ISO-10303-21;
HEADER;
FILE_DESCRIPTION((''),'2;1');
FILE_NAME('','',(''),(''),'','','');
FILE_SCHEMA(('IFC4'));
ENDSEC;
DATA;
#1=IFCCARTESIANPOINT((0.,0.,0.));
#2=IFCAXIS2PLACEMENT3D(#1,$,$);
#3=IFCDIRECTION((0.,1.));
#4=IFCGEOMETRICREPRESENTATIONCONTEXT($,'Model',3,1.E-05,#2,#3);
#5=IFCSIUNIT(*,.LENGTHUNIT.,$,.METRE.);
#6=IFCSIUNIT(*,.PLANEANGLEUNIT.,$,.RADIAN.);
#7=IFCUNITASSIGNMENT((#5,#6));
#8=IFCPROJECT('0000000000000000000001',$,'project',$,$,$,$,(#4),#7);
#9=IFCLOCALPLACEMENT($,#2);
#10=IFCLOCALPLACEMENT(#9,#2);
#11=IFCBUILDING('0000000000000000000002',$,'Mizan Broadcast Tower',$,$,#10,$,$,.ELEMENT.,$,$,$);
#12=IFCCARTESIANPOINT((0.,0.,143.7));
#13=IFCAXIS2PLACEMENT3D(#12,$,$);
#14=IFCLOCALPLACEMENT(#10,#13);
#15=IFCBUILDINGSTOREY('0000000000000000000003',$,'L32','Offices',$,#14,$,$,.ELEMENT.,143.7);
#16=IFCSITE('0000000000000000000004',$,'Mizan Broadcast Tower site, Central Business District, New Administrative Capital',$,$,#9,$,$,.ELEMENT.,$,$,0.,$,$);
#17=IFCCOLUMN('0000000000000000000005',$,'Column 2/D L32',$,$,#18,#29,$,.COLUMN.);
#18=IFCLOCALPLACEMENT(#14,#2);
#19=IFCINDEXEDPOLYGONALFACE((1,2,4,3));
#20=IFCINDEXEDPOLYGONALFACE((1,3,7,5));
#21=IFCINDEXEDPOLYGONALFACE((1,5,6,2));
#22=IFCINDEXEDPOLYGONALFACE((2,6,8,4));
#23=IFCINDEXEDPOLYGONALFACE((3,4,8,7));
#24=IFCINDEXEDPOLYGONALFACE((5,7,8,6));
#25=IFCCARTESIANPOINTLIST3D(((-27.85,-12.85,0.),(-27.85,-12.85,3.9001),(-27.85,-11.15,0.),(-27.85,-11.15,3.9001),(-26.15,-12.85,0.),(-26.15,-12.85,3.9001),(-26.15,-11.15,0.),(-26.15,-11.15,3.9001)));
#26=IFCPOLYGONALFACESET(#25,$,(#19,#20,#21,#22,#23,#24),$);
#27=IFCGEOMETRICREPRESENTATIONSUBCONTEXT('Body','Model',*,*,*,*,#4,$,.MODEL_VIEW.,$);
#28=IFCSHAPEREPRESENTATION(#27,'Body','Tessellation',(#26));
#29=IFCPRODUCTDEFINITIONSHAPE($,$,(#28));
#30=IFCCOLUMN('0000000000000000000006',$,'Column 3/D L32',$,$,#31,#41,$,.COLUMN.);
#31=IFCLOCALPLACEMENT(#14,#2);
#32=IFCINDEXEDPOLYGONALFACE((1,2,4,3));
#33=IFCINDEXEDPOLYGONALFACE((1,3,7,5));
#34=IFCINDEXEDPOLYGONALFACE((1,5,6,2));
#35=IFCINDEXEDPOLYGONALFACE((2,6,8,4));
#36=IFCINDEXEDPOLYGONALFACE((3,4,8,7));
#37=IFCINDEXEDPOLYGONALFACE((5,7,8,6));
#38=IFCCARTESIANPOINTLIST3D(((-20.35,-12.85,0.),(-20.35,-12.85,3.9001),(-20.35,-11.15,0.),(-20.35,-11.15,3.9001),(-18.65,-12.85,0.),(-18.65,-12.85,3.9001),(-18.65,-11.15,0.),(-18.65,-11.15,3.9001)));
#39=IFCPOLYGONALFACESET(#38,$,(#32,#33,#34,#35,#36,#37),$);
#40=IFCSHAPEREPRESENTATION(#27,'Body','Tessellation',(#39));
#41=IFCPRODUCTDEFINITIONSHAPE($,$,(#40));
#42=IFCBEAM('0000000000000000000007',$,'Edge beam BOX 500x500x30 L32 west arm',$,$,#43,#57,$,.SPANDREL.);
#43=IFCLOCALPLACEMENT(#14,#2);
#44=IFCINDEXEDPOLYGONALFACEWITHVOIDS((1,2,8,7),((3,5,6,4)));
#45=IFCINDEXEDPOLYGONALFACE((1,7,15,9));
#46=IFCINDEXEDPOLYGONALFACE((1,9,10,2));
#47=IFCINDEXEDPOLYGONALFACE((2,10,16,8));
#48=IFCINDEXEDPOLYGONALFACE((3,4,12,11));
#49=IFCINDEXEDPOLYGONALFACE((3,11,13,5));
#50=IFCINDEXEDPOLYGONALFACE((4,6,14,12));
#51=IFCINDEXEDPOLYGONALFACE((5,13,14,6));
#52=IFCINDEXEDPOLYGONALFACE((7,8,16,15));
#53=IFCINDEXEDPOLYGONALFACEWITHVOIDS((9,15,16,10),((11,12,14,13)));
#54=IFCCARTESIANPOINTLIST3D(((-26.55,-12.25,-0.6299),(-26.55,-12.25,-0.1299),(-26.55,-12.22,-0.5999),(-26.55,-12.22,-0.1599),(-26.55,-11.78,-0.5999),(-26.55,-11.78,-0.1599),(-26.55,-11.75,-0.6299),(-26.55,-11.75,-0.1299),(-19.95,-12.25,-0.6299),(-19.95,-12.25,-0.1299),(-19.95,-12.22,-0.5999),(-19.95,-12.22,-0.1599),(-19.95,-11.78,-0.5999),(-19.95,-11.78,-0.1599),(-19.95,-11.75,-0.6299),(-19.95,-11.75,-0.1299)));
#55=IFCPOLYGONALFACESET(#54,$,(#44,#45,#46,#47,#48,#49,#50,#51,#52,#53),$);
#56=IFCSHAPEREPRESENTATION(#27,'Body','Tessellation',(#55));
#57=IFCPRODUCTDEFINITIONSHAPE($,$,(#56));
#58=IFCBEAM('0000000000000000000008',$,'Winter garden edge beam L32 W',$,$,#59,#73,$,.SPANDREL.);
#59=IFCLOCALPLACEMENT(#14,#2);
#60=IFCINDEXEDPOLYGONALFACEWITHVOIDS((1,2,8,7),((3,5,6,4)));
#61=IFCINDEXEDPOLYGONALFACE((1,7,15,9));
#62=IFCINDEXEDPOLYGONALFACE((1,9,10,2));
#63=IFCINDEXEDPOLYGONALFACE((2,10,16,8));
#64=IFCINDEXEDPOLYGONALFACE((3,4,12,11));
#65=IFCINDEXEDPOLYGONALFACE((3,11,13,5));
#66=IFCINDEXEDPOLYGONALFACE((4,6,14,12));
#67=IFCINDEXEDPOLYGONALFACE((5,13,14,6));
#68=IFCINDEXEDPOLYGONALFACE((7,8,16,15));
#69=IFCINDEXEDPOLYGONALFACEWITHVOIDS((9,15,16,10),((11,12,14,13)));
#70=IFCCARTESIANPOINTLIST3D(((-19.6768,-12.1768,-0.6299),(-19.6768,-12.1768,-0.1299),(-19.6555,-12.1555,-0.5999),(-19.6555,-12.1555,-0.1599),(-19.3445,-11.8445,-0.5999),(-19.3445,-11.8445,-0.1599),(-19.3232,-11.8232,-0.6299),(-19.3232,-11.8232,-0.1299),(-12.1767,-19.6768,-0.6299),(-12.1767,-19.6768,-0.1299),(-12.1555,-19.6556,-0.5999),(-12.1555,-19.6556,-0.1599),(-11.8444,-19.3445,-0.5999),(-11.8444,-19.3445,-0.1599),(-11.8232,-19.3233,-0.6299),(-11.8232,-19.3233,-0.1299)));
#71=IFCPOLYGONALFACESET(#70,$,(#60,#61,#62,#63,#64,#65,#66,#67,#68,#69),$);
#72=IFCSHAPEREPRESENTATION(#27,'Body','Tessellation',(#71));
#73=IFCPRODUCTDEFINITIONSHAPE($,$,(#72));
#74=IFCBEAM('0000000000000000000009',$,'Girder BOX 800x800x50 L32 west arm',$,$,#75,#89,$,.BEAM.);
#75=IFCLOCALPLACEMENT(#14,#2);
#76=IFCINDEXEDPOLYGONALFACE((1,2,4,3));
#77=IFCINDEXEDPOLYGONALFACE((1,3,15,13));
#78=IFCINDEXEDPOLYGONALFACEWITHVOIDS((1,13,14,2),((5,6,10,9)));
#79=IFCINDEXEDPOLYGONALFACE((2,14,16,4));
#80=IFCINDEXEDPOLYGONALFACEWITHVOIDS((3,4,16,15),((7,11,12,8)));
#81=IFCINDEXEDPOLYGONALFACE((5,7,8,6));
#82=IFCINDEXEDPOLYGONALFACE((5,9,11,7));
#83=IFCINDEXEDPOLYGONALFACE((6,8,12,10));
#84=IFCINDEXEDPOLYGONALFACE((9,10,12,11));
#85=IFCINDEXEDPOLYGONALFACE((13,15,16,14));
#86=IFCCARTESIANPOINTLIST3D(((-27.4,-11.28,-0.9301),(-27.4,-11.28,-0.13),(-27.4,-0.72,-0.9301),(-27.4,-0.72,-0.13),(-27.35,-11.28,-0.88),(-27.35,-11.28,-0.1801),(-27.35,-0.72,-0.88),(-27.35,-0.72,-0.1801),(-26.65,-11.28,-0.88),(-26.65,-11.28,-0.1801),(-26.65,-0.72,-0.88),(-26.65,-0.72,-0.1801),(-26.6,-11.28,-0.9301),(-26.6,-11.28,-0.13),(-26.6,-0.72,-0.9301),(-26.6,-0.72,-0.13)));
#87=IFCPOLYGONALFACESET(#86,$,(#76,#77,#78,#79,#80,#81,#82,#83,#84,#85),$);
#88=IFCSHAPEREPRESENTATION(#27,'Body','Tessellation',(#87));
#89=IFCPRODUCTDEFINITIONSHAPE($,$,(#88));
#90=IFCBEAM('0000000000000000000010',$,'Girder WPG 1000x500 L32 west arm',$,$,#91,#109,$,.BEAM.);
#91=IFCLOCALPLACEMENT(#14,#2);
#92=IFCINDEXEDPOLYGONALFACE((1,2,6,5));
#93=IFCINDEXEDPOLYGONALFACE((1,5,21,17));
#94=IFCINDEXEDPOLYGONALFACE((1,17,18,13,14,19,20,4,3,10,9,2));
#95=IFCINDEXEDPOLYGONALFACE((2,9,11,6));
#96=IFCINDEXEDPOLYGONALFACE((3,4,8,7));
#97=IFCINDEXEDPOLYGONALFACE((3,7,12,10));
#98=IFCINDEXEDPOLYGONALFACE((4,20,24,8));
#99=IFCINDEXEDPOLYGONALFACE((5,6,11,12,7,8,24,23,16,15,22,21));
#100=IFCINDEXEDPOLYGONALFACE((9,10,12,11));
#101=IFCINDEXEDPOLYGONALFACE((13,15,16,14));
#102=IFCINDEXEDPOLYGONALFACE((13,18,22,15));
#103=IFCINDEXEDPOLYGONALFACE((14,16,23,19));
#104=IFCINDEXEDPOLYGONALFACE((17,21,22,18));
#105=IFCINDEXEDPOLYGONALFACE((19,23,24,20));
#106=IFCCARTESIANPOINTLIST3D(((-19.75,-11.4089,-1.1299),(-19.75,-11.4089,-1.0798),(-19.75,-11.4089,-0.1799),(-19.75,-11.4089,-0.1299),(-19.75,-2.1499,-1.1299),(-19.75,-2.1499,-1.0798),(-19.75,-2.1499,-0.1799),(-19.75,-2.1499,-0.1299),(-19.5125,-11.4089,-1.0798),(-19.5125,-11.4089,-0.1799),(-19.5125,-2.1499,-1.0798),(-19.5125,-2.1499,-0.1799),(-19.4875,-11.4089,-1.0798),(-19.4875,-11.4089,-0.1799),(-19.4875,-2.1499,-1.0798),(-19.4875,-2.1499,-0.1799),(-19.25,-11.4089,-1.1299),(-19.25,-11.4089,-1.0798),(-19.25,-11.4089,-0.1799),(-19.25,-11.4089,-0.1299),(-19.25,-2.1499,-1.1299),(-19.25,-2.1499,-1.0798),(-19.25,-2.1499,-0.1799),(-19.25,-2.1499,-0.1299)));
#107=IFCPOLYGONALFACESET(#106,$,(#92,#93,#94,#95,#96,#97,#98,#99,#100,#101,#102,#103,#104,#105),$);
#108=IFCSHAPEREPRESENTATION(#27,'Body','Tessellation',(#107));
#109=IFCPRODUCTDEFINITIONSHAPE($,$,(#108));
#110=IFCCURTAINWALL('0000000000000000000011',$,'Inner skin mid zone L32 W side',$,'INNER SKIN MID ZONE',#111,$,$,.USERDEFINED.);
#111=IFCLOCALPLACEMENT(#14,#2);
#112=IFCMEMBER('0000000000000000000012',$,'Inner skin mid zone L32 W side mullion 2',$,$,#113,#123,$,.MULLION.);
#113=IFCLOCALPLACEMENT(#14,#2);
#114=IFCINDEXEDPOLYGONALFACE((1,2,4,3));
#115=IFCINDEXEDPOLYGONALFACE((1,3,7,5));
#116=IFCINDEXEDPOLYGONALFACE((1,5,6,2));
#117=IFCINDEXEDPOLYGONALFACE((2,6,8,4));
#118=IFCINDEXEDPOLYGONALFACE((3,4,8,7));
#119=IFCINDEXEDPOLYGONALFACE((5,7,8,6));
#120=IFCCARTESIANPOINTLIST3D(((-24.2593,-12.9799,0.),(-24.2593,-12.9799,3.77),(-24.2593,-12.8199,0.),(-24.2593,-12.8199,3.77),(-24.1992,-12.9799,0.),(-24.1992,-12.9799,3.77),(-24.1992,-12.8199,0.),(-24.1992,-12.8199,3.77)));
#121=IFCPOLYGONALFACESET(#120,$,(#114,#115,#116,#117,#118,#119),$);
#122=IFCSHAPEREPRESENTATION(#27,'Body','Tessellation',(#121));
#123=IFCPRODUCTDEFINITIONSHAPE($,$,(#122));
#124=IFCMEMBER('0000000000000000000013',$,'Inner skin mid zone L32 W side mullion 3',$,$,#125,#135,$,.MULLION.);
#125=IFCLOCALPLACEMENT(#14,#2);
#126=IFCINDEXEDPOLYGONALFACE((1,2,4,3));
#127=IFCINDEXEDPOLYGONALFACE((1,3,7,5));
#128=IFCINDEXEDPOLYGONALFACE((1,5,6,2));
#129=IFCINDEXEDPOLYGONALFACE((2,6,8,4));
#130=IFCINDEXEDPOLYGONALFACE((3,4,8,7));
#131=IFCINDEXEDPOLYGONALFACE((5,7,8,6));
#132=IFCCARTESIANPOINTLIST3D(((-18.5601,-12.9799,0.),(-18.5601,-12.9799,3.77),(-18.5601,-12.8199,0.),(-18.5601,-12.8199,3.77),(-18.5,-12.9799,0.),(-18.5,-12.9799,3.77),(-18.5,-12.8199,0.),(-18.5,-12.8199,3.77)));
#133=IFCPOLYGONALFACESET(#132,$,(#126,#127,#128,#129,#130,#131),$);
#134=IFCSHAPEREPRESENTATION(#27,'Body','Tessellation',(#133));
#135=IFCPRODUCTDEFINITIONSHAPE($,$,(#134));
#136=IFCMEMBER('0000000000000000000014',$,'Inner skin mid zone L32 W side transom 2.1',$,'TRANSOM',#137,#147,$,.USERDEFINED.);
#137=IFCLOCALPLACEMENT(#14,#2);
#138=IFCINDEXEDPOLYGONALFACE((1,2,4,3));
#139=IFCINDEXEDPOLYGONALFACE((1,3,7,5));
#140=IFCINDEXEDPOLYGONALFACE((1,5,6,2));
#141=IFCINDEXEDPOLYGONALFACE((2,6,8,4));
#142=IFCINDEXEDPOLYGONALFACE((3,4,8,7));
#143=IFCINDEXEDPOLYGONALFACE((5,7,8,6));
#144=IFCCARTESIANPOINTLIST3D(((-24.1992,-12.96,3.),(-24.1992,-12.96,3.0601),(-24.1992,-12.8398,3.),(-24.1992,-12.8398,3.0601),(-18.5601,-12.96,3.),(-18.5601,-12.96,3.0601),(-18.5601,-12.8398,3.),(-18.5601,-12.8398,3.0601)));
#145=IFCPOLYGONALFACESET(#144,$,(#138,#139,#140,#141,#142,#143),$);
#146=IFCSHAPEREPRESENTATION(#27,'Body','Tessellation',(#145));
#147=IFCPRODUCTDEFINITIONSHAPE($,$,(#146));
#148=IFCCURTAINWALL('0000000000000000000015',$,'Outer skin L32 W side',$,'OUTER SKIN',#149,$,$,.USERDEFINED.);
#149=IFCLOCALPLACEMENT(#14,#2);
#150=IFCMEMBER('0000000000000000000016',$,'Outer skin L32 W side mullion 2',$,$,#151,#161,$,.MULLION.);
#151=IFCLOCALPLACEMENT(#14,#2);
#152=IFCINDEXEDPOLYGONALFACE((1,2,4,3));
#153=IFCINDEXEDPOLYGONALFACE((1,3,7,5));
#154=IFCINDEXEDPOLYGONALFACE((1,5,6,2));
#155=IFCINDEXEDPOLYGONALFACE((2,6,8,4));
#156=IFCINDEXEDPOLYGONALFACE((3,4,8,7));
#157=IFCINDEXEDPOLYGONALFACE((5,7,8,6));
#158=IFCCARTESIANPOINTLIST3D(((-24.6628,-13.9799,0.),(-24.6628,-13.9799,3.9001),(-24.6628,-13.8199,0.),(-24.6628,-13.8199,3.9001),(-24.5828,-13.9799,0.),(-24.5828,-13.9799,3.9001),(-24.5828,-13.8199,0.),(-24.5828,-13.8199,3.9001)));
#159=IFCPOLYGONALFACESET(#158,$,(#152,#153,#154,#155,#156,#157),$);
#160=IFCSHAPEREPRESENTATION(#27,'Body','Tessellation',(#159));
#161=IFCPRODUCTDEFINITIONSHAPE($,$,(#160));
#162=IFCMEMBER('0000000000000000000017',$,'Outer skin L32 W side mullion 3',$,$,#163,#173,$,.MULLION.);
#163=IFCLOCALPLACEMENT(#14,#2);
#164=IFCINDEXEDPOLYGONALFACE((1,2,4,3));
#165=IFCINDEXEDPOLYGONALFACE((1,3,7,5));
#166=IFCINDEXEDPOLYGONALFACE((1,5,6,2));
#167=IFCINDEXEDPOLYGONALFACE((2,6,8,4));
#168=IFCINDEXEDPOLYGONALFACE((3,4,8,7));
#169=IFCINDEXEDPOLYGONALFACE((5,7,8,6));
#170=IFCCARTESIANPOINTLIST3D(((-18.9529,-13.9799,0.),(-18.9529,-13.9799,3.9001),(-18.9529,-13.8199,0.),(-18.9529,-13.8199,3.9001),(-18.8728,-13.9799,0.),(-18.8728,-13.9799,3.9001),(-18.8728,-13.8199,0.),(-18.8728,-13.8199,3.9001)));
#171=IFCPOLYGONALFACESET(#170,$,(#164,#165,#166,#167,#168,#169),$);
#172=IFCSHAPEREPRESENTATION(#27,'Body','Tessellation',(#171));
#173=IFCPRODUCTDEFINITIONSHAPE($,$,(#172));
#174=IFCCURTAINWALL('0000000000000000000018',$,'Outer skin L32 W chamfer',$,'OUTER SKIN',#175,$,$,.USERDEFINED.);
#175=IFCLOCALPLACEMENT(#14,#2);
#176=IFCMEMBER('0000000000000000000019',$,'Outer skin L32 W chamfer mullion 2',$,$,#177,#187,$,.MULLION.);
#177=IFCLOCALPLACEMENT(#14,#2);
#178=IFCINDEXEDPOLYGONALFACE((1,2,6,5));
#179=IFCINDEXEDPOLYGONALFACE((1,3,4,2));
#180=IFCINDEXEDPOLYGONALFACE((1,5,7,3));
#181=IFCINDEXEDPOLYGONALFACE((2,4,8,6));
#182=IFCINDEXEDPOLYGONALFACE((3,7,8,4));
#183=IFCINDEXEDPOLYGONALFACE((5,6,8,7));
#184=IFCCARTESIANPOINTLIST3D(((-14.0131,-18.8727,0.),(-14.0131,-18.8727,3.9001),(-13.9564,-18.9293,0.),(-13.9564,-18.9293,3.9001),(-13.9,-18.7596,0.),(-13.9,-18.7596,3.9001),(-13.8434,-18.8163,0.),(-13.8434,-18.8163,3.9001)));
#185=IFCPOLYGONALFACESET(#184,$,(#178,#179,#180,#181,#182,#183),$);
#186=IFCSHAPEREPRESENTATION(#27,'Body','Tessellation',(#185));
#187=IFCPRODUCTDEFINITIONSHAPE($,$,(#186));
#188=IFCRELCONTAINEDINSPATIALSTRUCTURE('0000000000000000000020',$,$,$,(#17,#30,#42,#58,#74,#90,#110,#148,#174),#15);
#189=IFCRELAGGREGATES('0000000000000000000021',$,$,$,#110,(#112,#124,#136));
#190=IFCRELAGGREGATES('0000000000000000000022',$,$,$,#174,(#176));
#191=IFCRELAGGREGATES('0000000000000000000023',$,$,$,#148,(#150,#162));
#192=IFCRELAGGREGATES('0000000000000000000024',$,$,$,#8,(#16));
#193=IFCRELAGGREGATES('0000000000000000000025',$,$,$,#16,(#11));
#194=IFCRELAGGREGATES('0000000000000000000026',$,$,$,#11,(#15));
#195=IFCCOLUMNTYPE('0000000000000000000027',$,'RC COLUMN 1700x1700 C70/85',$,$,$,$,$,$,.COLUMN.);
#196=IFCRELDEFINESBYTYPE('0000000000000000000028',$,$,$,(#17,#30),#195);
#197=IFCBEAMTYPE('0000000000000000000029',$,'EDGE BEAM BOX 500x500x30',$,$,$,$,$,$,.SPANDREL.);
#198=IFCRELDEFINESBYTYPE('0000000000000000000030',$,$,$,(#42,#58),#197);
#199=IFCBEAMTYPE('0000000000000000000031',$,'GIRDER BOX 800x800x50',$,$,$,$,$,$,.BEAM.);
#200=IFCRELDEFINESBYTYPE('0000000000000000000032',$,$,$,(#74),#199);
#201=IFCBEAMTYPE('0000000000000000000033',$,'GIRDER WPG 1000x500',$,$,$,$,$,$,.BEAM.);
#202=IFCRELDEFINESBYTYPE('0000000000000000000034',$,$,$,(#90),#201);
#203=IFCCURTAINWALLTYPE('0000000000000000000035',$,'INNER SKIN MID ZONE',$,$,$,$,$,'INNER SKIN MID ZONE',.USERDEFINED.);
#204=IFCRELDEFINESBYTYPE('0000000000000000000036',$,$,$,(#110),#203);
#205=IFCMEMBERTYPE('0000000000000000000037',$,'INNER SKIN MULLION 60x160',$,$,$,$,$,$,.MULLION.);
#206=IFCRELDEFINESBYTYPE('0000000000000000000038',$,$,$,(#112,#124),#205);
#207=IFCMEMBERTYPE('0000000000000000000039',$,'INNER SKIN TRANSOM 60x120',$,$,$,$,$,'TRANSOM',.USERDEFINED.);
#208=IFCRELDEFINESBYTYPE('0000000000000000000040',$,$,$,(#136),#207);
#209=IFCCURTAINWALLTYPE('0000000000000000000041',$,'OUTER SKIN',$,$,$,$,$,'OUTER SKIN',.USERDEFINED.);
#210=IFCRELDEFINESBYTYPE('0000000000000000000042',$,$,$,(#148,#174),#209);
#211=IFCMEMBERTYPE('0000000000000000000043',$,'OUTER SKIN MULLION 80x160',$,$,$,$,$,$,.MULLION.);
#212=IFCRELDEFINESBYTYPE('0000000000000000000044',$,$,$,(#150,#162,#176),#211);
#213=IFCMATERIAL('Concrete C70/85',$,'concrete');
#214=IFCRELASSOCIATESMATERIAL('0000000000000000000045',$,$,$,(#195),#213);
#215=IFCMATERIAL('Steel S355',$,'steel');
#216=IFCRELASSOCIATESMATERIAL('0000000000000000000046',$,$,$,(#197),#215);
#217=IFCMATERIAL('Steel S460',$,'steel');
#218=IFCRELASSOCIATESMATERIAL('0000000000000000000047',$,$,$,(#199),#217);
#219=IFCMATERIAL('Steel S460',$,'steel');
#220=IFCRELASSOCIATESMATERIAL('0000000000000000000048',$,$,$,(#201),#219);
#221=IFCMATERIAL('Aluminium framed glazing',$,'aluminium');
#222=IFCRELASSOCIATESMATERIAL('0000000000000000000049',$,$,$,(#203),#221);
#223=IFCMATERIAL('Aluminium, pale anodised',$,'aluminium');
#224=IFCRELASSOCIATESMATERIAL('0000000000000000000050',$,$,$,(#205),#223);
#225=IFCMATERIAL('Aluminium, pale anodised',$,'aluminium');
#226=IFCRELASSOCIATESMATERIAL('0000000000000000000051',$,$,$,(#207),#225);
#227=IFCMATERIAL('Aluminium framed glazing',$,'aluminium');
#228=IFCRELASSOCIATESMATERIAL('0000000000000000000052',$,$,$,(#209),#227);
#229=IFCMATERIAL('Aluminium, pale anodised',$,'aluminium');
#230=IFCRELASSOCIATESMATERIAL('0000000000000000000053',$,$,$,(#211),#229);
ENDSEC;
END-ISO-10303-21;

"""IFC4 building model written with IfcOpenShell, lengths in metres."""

from ifc_helpers import new_model, si_unit, direction, frame, origin, origin_2d, place, context, subcontext, project, spatial, rectangle, hollow_rectangle, i_section, extrude, material, material_profile, profile_set, type_object, element, aggregate, save


model = new_model("IFC4")

# Units and contexts
model_context = context("Model", 3, precision=1e-05, world=origin(), true_north=direction((0.0, 1.0)))
body_context = subcontext(model_context, "Body", "Model", "MODEL_VIEW")
ifc_project = project(units=[si_unit("LENGTHUNIT", "METRE"), si_unit("PLANEANGLEUNIT", "RADIAN")], contexts=[model_context])

# Site, building, storey
site_placement = place(None, origin())
site = spatial("IfcSite", under=ifc_project, at=site_placement, Name="Mizan Broadcast Tower site, Central Business District, New Administrative Capital", CompositionType="ELEMENT", RefElevation=0.0)
building_placement = place(site_placement, origin())
building = spatial("IfcBuilding", under=site, at=building_placement, Name="Mizan Broadcast Tower", CompositionType="ELEMENT")
storey_placement = place(building_placement, frame((0.0, 0.0, 143.7)))
storey = spatial("IfcBuildingStorey", under=building, at=storey_placement, Name="L32", Description="Offices", CompositionType="ELEMENT", Elevation=143.7)

# Columns
ifc_material_1 = material(Name="Concrete C70/85", Category="concrete")
ifc_material_profile_1 = material_profile(ifc_material_1, rectangle(XDim=1.7, YDim=1.7, at=origin_2d()), Name="RC 1700x1700")
ifc_profile_set_1 = profile_set([ifc_material_profile_1], Name="Concrete C70/85")
column_type = type_object("IfcColumnType", Name="RC COLUMN 1700x1700 C70/85", PredefinedType="COLUMN", material=ifc_profile_set_1)
for number, where, z_axis, x_axis, name in (
    (1, (-27.0, -12.0, 0.0), (0.0, 0.0, 1.0), (1.0, 0.0, 0.0), "Column 2/D L32"),
    (2, (-19.5, -12.0, 0.0), (0.0, 0.0, 1.0), (1.0, 0.0, 0.0), "Column 3/D L32"),
):
    element("IfcColumn", number, at=place(storey_placement, frame(where, z_axis=z_axis, x_axis=x_axis)), inside=storey, type_object=column_type, Name=name, PredefinedType="COLUMN", context=body_context, shape_type="SweptSolid", body=[
        extrude(rectangle(XDim=1.7, YDim=1.7, at=origin_2d()), origin(), (0.0, 0.0, 1.0), 3.9001),
    ])

# Beams
ifc_material_2 = material(Name="Steel S355", Category="steel")
ifc_material_profile_2 = material_profile(ifc_material_2, hollow_rectangle(XDim=0.5, YDim=0.5, WallThickness=0.03, at=origin_2d()), Name="BOX 500x500x30")
ifc_profile_set_2 = profile_set([ifc_material_profile_2], Name="Steel S355")
beam_type_1 = type_object("IfcBeamType", Name="EDGE BEAM BOX 500x500x30", PredefinedType="SPANDREL", material=ifc_profile_set_2)
beam_1_placement = place(storey_placement, frame((-19.95, -12.0, -0.3799), z_axis=(-1.0, 0.0, 0.0), x_axis=(0.0, -1.0, 0.0)))
element("IfcBeam", 3, at=beam_1_placement, inside=storey, type_object=beam_type_1, Name="Edge beam BOX 500x500x30 L32 west arm", PredefinedType="SPANDREL", context=body_context, shape_type="SweptSolid", body=[
    extrude(hollow_rectangle(XDim=0.5, YDim=0.5, WallThickness=0.03, at=origin_2d()), origin(), (0.0, 0.0, 1.0), 6.6001),
])
beam_2_placement = place(storey_placement, frame((-19.5, -12.0, -0.3799), z_axis=(0.707107, -0.707107, 0.0), x_axis=(0.707107, 0.707107, 0.0)))
element("IfcBeam", 4, at=beam_2_placement, inside=storey, type_object=beam_type_1, Name="Winter garden edge beam L32 W", PredefinedType="SPANDREL", context=body_context, shape_type="SweptSolid", body=[
    extrude(hollow_rectangle(XDim=0.5, YDim=0.5, WallThickness=0.03, at=origin_2d()), origin(), (0.0, 0.0, 1.0), 10.6067),
])
ifc_material_3 = material(Name="Steel S460", Category="steel")
ifc_material_profile_3 = material_profile(ifc_material_3, hollow_rectangle(XDim=0.8, YDim=0.8, WallThickness=0.05, at=origin_2d()), Name="BOX 800x800x50")
ifc_profile_set_3 = profile_set([ifc_material_profile_3], Name="Steel S460")
beam_type_2 = type_object("IfcBeamType", Name="GIRDER BOX 800x800x50", PredefinedType="BEAM", material=ifc_profile_set_3)
beam_3_placement = place(storey_placement, frame((-27.0, -11.28, -0.53), z_axis=(0.0, 1.0, 0.0), x_axis=(-1.0, 0.0, 0.0)))
element("IfcBeam", 5, at=beam_3_placement, inside=storey, type_object=beam_type_2, Name="Girder BOX 800x800x50 L32 west arm", PredefinedType="BEAM", context=body_context, shape_type="SweptSolid", body=[
    extrude(hollow_rectangle(XDim=0.8, YDim=0.8, WallThickness=0.05, at=origin_2d()), origin(), (0.0, 0.0, 1.0), 10.5601),
])
ifc_material_4 = material(Name="Steel S460", Category="steel")
ifc_material_profile_4 = material_profile(ifc_material_4, i_section(OverallWidth=0.5, OverallDepth=1.0, WebThickness=0.0249, FlangeThickness=0.05, at=origin_2d()), Name="WPG 1000x500")
ifc_profile_set_4 = profile_set([ifc_material_profile_4], Name="Steel S460")
beam_type_3 = type_object("IfcBeamType", Name="GIRDER WPG 1000x500", PredefinedType="BEAM", material=ifc_profile_set_4)
beam_4_placement = place(storey_placement, frame((-19.5, -11.4089, -0.6299), z_axis=(0.0, 1.0, 0.0), x_axis=(-1.0, 0.0, 0.0)))
element("IfcBeam", 6, at=beam_4_placement, inside=storey, type_object=beam_type_3, Name="Girder WPG 1000x500 L32 west arm", PredefinedType="BEAM", context=body_context, shape_type="SweptSolid", body=[
    extrude(i_section(OverallWidth=0.5, OverallDepth=1.0, WebThickness=0.0249, FlangeThickness=0.05, at=origin_2d()), origin(), (0.0, 0.0, 1.0), 9.259),
])

# Curtain walls, members
ifc_material_5 = material(Name="Aluminium framed glazing", Category="aluminium")
curtain_wall_type_1 = type_object("IfcCurtainWallType", Name="INNER SKIN MID ZONE", ElementType="INNER SKIN MID ZONE", PredefinedType="USERDEFINED", material=ifc_material_5)
curtain_wall_1_placement = place(storey_placement, origin())
curtain_wall_1 = element("IfcCurtainWall", 7, at=curtain_wall_1_placement, inside=storey, type_object=curtain_wall_type_1, Name="Inner skin mid zone L32 W side", ObjectType="INNER SKIN MID ZONE", PredefinedType="USERDEFINED")
ifc_material_6 = material(Name="Aluminium, pale anodised", Category="aluminium")
ifc_material_profile_5 = material_profile(ifc_material_6, rectangle(XDim=0.1599, YDim=0.0601, at=origin_2d()), Name="MULLION 160x60")
ifc_profile_set_5 = profile_set([ifc_material_profile_5], Name="Aluminium, pale anodised")
member_type_1 = type_object("IfcMemberType", Name="INNER SKIN MULLION 60x160", PredefinedType="MULLION", material=ifc_profile_set_5)
member_1_placement = place(storey_placement, frame((-24.2292, -12.8999, 0.0), z_axis=(0.0, 0.0, 1.0), x_axis=(0.0, 1.0, 0.0)))
member_1 = element("IfcMember", 8, at=member_1_placement, type_object=member_type_1, Name="Inner skin mid zone L32 W side mullion 2", PredefinedType="MULLION", context=body_context, shape_type="SweptSolid", body=[
    extrude(rectangle(XDim=0.1599, YDim=0.0601, at=origin_2d()), origin(), (0.0, 0.0, 1.0), 3.77),
])
member_2_placement = place(storey_placement, frame((-18.53, -12.8999, 0.0), z_axis=(0.0, 0.0, 1.0), x_axis=(0.0, 1.0, 0.0)))
member_2 = element("IfcMember", 9, at=member_2_placement, type_object=member_type_1, Name="Inner skin mid zone L32 W side mullion 3", PredefinedType="MULLION", context=body_context, shape_type="SweptSolid", body=[
    extrude(rectangle(XDim=0.1599, YDim=0.0601, at=origin_2d()), origin(), (0.0, 0.0, 1.0), 3.77),
])
ifc_material_7 = material(Name="Aluminium, pale anodised", Category="aluminium")
ifc_material_profile_6 = material_profile(ifc_material_7, rectangle(XDim=0.1201, YDim=0.0601, at=origin_2d()), Name="TRANSOM 120x60")
ifc_profile_set_6 = profile_set([ifc_material_profile_6], Name="Aluminium, pale anodised")
member_type_2 = type_object("IfcMemberType", Name="INNER SKIN TRANSOM 60x120", ElementType="TRANSOM", PredefinedType="USERDEFINED", material=ifc_profile_set_6)
member_3_placement = place(storey_placement, frame((-24.1992, -12.8999, 3.03), z_axis=(1.0, 0.0, 0.0), x_axis=(0.0, 1.0, 0.0)))
member_3 = element("IfcMember", 10, at=member_3_placement, type_object=member_type_2, Name="Inner skin mid zone L32 W side transom 2.1", ObjectType="TRANSOM", PredefinedType="USERDEFINED", context=body_context, shape_type="SweptSolid", body=[
    extrude(rectangle(XDim=0.1201, YDim=0.0601, at=origin_2d()), origin(), (0.0, 0.0, 1.0), 5.6392),
])
ifc_material_8 = material(Name="Aluminium framed glazing", Category="aluminium")
curtain_wall_type_2 = type_object("IfcCurtainWallType", Name="OUTER SKIN", ElementType="OUTER SKIN", PredefinedType="USERDEFINED", material=ifc_material_8)
curtain_wall_2_placement = place(storey_placement, origin())
curtain_wall_2 = element("IfcCurtainWall", 11, at=curtain_wall_2_placement, inside=storey, type_object=curtain_wall_type_2, Name="Outer skin L32 W side", ObjectType="OUTER SKIN", PredefinedType="USERDEFINED")
ifc_material_9 = material(Name="Aluminium, pale anodised", Category="aluminium")
ifc_material_profile_7 = material_profile(ifc_material_9, rectangle(XDim=0.1599, YDim=0.0801, at=origin_2d()), Name="MULLION 160x80")
ifc_profile_set_7 = profile_set([ifc_material_profile_7], Name="Aluminium, pale anodised")
member_type_3 = type_object("IfcMemberType", Name="OUTER SKIN MULLION 80x160", PredefinedType="MULLION", material=ifc_profile_set_7)
member_4_placement = place(storey_placement, frame((-24.6228, -13.8999, 0.0), z_axis=(0.0, 0.0, 1.0), x_axis=(0.0, 1.0, 0.0)))
member_4 = element("IfcMember", 12, at=member_4_placement, type_object=member_type_3, Name="Outer skin L32 W side mullion 2", PredefinedType="MULLION", context=body_context, shape_type="SweptSolid", body=[
    extrude(rectangle(XDim=0.1599, YDim=0.0801, at=origin_2d()), origin(), (0.0, 0.0, 1.0), 3.9001),
])
member_5_placement = place(storey_placement, frame((-18.9128, -13.8999, 0.0), z_axis=(0.0, 0.0, 1.0), x_axis=(0.0, 1.0, 0.0)))
member_5 = element("IfcMember", 13, at=member_5_placement, type_object=member_type_3, Name="Outer skin L32 W side mullion 3", PredefinedType="MULLION", context=body_context, shape_type="SweptSolid", body=[
    extrude(rectangle(XDim=0.1599, YDim=0.0801, at=origin_2d()), origin(), (0.0, 0.0, 1.0), 3.9001),
])

# Curtain wall, member
curtain_wall_3_placement = place(storey_placement, origin())
curtain_wall_3 = element("IfcCurtainWall", 14, at=curtain_wall_3_placement, inside=storey, type_object=curtain_wall_type_2, Name="Outer skin L32 W chamfer", ObjectType="OUTER SKIN", PredefinedType="USERDEFINED")
member_6_placement = place(storey_placement, frame((-13.9282, -18.8445, 0.0), z_axis=(0.0, 0.0, 1.0), x_axis=(0.707107, 0.707107, 0.0)))
member_6 = element("IfcMember", 15, at=member_6_placement, type_object=member_type_3, Name="Outer skin L32 W chamfer mullion 2", PredefinedType="MULLION", context=body_context, shape_type="SweptSolid", body=[
    extrude(rectangle(XDim=0.1599, YDim=0.0801, at=origin_2d()), origin(), (0.0, 0.0, 1.0), 3.9001),
])

aggregate(curtain_wall_1, [member_1, member_2, member_3])
aggregate(curtain_wall_3, [member_6])
aggregate(curtain_wall_2, [member_4, member_5])

save(model, "model.ifc")
